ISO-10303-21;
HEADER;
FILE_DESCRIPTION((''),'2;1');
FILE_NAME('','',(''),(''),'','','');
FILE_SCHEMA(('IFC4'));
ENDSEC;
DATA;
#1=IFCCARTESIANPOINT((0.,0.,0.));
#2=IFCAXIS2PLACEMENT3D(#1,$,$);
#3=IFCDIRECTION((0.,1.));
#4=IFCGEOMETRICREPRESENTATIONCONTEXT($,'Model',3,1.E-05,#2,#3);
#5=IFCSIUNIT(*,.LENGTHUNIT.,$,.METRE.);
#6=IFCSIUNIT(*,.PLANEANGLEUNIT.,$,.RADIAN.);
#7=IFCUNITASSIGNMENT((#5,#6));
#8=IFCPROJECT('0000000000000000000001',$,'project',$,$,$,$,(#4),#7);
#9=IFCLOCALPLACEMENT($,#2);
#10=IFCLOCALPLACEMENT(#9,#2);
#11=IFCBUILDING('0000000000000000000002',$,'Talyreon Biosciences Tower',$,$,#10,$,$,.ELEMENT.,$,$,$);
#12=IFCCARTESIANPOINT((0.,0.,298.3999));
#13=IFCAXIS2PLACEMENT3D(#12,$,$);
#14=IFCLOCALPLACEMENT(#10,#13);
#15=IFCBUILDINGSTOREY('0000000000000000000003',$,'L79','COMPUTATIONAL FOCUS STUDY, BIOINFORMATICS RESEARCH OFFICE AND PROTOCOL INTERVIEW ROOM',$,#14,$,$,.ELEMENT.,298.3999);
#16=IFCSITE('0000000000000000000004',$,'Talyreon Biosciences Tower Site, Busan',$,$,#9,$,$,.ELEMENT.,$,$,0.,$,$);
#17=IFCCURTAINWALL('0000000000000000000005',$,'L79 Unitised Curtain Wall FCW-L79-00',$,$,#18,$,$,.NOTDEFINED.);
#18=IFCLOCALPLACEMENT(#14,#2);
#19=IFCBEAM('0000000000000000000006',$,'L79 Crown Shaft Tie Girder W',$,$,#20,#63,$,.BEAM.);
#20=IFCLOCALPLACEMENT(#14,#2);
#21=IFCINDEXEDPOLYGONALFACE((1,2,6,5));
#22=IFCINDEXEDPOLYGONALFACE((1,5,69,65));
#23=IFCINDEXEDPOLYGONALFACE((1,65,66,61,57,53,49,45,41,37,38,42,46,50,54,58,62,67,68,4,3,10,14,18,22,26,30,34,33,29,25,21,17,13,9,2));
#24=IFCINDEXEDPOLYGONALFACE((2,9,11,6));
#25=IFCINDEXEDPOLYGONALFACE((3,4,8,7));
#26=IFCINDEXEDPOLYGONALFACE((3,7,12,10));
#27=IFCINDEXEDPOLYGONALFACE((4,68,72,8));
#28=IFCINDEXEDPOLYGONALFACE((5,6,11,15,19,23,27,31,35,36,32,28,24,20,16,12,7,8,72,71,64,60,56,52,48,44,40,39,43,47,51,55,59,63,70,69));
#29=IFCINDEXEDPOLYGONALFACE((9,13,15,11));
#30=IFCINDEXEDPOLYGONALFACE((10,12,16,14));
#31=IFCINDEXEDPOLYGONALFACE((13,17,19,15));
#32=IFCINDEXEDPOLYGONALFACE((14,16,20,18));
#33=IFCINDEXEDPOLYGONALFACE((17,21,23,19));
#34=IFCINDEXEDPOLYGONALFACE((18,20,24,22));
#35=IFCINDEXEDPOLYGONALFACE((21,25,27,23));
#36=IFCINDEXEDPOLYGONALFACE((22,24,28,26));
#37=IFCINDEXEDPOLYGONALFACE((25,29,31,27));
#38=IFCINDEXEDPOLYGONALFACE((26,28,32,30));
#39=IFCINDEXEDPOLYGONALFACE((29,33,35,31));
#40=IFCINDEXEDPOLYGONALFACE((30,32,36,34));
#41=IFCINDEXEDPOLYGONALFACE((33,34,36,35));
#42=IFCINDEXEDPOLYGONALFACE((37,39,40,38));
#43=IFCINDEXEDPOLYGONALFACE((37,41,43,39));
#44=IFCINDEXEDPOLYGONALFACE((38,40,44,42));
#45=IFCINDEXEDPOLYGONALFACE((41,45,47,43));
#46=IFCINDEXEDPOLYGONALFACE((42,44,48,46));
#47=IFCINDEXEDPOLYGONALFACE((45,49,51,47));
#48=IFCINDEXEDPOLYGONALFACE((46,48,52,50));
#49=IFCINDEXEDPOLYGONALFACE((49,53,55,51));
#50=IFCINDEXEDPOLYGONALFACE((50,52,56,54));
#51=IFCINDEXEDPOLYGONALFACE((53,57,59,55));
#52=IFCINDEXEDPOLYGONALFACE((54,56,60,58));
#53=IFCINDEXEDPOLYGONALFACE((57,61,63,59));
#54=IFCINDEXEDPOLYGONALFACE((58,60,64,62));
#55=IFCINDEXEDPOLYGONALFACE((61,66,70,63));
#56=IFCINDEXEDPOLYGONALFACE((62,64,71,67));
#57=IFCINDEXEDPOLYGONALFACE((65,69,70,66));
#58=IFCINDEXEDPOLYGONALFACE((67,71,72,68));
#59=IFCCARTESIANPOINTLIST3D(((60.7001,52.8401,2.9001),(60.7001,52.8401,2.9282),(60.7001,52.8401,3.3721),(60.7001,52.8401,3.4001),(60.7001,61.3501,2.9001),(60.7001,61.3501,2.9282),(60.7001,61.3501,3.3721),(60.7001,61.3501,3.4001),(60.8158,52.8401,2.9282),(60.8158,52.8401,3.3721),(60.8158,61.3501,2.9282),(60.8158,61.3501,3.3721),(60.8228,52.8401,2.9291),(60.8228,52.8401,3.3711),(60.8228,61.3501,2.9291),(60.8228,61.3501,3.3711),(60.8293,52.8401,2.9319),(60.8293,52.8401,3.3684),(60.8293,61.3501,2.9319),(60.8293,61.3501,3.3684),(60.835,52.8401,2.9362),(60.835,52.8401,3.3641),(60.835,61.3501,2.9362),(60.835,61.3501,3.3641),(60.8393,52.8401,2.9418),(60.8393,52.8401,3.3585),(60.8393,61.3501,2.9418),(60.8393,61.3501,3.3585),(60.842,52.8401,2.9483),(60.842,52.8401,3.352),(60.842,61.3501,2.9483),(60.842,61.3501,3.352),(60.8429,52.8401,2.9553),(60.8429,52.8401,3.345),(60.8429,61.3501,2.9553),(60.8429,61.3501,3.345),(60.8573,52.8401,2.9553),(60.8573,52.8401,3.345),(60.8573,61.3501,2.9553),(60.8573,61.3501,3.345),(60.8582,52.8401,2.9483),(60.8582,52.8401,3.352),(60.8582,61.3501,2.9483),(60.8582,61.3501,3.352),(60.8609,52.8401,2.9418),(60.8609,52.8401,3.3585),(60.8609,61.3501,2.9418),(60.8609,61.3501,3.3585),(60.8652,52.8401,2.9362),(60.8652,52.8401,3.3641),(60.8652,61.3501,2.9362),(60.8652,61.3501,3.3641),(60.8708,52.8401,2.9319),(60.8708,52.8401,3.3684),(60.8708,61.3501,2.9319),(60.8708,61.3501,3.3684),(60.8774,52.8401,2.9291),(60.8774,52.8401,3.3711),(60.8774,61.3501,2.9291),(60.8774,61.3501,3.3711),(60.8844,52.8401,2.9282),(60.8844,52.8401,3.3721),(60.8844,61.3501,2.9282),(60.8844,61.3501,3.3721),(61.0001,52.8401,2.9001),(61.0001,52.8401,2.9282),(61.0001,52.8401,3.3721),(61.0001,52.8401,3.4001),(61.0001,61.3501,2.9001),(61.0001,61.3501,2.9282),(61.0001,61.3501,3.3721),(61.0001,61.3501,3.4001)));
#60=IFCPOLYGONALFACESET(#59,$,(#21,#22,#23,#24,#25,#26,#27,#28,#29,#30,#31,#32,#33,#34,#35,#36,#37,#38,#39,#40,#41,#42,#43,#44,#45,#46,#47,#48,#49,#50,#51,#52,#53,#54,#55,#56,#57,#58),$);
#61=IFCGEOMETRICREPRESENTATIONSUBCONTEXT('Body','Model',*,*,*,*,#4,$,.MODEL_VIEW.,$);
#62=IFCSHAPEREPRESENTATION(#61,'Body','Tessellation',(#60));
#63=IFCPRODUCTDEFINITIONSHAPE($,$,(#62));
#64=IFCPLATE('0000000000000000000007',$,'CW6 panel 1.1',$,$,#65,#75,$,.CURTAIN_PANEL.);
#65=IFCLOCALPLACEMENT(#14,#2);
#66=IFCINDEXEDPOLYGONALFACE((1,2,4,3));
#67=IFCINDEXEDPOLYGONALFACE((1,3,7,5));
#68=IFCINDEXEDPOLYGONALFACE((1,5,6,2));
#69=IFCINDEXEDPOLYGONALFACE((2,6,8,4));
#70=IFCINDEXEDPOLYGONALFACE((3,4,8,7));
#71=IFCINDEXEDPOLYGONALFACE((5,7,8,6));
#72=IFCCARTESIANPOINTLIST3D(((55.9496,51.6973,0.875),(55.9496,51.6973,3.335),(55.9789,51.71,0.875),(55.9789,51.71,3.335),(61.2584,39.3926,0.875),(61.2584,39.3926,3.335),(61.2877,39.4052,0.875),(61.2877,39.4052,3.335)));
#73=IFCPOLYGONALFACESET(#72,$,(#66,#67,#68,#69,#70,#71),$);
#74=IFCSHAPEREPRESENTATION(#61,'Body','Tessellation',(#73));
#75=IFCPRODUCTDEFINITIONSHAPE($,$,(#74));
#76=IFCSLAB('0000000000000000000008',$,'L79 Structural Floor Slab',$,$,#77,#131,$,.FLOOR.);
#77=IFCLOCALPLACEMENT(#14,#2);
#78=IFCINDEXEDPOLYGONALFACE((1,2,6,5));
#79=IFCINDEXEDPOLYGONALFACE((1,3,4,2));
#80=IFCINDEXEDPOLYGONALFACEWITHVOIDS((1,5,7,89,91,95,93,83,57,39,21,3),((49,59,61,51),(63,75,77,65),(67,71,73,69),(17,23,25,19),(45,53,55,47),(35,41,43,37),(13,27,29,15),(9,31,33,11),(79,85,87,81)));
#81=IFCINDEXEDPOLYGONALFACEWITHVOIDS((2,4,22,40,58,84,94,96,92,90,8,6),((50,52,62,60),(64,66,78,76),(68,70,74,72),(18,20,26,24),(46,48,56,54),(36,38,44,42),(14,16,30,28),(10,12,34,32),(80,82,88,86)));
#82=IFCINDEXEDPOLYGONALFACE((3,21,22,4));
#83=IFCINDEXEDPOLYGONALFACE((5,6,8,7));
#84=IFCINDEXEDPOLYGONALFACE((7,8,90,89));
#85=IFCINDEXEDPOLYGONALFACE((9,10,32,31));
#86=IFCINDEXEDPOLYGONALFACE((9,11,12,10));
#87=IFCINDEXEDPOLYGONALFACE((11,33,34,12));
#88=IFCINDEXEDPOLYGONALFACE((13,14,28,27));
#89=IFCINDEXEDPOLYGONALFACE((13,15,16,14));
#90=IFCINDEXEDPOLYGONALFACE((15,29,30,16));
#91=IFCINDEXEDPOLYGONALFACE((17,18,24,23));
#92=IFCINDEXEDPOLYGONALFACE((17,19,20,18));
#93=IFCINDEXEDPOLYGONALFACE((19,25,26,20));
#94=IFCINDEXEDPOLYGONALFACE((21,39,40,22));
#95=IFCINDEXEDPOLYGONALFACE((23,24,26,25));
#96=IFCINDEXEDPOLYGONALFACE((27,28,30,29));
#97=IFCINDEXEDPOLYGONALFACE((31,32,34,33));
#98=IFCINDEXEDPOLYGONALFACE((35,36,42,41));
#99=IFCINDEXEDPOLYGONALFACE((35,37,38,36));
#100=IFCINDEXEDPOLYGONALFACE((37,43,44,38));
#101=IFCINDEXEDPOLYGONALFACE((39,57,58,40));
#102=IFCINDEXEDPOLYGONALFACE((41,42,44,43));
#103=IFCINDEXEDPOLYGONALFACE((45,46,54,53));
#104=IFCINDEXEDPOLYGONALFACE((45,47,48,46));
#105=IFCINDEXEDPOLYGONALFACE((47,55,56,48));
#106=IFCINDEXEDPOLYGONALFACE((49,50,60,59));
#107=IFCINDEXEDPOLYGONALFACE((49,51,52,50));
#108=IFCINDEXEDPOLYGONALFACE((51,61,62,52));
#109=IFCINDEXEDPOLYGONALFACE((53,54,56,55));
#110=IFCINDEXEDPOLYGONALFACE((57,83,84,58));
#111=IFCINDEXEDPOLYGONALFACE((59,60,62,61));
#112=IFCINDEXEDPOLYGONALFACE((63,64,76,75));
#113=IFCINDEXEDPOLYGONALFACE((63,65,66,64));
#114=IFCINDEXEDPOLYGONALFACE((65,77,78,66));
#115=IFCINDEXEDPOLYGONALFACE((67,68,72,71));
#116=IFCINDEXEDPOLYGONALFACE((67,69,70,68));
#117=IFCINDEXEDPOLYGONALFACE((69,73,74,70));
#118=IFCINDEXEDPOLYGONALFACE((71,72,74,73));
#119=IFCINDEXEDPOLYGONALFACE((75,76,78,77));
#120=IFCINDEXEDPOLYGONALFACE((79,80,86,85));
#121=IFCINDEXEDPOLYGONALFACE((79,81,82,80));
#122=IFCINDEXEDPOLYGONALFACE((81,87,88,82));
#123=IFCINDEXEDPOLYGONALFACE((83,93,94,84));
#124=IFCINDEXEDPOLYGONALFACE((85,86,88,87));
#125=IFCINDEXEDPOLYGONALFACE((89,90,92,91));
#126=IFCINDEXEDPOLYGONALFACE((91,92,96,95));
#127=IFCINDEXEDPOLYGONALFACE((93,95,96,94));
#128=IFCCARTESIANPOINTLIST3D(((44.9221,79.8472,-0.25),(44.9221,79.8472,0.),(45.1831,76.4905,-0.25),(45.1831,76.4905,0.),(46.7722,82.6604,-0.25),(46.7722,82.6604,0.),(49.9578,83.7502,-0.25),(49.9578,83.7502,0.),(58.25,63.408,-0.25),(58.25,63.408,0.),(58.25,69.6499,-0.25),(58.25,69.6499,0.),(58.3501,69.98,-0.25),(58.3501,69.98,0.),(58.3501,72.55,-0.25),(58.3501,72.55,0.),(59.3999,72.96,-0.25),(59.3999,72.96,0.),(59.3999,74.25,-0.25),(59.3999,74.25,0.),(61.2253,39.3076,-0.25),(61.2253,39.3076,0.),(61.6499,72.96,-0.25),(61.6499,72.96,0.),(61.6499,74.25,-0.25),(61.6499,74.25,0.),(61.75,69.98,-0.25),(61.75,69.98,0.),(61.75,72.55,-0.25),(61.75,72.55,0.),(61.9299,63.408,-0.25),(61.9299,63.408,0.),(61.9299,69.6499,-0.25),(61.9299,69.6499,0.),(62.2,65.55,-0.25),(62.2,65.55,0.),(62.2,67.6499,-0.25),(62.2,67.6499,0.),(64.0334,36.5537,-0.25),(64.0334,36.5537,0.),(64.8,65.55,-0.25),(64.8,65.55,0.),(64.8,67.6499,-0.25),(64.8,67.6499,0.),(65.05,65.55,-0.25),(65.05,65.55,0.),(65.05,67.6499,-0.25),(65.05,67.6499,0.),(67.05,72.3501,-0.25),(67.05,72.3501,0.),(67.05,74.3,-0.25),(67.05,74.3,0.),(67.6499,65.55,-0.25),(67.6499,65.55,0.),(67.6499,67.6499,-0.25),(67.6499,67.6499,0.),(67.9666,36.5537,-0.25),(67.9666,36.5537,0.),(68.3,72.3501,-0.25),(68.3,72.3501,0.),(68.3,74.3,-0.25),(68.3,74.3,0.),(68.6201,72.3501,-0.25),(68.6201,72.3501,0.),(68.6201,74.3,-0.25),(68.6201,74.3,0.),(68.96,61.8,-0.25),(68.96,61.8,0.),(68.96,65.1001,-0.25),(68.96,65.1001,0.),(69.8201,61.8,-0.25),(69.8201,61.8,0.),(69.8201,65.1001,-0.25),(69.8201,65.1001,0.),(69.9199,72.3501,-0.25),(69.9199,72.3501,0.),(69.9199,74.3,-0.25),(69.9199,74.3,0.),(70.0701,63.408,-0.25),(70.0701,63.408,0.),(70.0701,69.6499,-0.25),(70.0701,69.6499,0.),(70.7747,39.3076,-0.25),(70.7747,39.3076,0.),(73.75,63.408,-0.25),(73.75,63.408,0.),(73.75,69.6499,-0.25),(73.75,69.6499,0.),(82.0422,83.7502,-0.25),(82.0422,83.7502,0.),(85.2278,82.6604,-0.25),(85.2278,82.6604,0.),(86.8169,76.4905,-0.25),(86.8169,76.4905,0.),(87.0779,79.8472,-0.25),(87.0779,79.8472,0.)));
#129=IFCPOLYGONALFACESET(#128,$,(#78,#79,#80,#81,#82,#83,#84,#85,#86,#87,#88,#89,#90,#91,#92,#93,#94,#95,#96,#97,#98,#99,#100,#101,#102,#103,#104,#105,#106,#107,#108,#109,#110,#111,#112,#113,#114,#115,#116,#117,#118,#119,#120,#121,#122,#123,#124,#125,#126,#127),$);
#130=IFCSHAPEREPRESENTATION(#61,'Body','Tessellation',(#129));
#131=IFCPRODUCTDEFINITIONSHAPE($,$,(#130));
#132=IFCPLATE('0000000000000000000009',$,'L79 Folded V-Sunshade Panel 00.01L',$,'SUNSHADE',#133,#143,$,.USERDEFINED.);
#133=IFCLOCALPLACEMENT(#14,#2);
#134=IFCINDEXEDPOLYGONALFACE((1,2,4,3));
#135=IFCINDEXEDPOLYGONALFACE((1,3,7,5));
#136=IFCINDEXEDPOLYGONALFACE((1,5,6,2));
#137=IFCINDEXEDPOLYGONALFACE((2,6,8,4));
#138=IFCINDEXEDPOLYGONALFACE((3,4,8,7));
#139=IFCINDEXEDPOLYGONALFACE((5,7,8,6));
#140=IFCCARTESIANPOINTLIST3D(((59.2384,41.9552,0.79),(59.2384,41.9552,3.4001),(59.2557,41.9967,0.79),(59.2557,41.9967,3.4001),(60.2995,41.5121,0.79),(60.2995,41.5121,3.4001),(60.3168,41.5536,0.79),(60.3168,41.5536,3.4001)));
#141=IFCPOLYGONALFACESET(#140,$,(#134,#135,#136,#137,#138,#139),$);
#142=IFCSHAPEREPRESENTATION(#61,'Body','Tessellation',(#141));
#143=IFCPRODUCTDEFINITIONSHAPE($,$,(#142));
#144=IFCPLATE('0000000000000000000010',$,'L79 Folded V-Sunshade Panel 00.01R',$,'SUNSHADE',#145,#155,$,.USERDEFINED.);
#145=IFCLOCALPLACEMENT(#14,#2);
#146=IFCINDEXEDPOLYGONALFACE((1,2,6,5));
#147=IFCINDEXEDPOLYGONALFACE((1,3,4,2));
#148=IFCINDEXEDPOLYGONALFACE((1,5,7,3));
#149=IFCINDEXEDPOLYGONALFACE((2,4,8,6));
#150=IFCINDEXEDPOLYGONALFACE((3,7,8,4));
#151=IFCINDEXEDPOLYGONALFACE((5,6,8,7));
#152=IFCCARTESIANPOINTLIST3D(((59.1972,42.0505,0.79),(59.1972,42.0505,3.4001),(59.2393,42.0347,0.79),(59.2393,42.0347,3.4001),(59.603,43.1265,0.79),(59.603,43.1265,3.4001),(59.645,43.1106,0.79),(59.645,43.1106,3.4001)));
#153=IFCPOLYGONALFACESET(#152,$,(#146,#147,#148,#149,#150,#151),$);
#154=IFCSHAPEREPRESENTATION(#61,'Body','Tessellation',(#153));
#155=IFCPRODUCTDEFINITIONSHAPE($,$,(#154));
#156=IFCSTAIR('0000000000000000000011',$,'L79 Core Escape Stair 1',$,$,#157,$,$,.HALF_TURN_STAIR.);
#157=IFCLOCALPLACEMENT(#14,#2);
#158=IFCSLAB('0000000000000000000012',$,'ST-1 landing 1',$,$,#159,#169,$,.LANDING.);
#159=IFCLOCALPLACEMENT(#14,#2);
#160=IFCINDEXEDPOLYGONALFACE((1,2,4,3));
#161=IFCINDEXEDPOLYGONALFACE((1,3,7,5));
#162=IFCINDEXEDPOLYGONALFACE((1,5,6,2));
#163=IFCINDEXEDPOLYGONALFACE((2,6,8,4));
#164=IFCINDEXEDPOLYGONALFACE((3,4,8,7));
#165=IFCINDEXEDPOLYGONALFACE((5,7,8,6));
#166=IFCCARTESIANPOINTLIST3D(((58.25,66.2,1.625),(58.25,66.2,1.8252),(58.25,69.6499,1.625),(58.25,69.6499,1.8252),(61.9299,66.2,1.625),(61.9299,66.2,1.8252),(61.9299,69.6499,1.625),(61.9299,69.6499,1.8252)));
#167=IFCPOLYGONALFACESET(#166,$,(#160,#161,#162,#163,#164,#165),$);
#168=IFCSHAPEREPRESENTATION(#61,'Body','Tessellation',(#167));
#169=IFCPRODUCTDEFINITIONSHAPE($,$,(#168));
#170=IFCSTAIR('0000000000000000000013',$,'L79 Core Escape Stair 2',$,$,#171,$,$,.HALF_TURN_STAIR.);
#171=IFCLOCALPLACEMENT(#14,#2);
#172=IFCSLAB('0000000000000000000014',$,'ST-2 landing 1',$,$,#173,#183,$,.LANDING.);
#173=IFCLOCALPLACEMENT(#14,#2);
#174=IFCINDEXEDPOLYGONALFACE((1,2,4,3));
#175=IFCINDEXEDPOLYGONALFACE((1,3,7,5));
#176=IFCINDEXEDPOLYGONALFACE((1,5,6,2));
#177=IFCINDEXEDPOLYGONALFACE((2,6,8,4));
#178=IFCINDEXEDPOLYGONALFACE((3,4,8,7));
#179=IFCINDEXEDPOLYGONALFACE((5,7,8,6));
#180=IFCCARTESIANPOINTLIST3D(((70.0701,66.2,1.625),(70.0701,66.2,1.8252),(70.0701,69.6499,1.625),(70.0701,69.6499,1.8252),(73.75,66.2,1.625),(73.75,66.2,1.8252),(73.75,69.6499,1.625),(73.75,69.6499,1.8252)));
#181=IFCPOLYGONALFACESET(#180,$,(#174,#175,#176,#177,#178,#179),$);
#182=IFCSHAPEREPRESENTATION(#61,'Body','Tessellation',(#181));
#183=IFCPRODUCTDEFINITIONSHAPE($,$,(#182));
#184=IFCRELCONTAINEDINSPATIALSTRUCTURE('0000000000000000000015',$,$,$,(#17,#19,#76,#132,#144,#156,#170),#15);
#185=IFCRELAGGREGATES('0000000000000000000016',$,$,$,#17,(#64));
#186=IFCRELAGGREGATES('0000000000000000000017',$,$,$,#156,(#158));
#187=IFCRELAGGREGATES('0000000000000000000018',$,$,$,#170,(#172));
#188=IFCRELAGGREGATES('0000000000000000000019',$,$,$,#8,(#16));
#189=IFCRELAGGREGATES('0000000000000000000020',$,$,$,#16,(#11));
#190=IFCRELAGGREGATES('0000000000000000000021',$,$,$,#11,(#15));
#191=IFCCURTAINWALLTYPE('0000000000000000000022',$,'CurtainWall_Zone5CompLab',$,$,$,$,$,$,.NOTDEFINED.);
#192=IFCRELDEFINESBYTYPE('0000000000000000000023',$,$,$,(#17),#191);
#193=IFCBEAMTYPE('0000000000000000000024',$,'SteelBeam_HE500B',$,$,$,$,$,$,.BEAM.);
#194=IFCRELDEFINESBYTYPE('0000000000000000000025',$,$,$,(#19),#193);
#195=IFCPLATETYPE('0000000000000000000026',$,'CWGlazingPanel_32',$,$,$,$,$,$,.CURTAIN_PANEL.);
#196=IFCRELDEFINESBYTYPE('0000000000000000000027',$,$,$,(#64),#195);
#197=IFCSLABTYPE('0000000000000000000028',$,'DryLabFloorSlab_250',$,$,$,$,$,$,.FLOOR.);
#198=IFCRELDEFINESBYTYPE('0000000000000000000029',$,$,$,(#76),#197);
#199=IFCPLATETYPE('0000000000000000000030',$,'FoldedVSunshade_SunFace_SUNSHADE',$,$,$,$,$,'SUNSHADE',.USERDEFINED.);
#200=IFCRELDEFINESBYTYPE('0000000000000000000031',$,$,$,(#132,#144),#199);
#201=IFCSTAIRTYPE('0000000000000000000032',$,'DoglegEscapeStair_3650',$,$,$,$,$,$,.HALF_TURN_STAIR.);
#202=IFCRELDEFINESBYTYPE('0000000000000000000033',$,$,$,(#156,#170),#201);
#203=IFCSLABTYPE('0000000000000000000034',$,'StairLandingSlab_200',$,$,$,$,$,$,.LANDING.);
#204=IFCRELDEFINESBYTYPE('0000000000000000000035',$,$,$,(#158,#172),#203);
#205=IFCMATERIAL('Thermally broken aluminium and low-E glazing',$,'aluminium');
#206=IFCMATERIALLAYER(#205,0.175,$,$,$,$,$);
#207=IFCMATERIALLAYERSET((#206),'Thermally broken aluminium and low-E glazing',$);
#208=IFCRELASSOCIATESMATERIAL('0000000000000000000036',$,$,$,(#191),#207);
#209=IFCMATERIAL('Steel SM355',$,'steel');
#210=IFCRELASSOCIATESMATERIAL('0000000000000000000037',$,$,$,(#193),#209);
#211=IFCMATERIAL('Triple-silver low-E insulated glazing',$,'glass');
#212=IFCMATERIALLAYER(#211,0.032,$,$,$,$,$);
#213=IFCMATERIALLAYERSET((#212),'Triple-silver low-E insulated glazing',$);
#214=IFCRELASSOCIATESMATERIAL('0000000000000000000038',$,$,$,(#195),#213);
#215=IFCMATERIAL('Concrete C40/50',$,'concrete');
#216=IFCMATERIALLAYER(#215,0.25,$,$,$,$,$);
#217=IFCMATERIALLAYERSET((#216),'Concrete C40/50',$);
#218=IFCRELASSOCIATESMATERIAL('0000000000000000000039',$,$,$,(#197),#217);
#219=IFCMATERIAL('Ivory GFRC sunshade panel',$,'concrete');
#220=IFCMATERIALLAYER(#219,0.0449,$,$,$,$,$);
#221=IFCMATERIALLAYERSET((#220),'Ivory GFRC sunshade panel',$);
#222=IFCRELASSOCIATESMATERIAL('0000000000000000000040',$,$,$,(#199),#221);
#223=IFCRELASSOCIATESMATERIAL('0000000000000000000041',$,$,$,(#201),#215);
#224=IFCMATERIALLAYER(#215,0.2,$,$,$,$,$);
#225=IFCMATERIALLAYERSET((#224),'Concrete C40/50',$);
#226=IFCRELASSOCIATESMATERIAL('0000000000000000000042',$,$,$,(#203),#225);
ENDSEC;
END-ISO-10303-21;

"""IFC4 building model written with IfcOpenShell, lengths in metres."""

from ifc_helpers import new_model, si_unit, direction, frame, origin, origin_2d, place, context, subcontext, project, spatial, polyline, rectangle, i_section, outline, extrude, material, layer, layer_set, material_profile, profile_set, type_object, element, aggregate, save


model = new_model("IFC4")

# Units and contexts
model_context = context("Model", 3, precision=1e-05, world=origin(), true_north=direction((0.0, 1.0)))
body_context = subcontext(model_context, "Body", "Model", "MODEL_VIEW")
ifc_project = project(units=[si_unit("LENGTHUNIT", "METRE"), si_unit("PLANEANGLEUNIT", "RADIAN")], contexts=[model_context])

# Site, building, storey
site_placement = place(None, origin())
site = spatial("IfcSite", under=ifc_project, at=site_placement, Name="Talyreon Biosciences Tower Site, Busan", CompositionType="ELEMENT", RefElevation=0.0)
building_placement = place(site_placement, origin())
building = spatial("IfcBuilding", under=site, at=building_placement, Name="Talyreon Biosciences Tower", CompositionType="ELEMENT")
storey_placement = place(building_placement, frame((0.0, 0.0, 298.3999)))
storey = spatial("IfcBuildingStorey", under=building, at=storey_placement, Name="L79", Description="COMPUTATIONAL FOCUS STUDY, BIOINFORMATICS RESEARCH OFFICE AND PROTOCOL INTERVIEW ROOM", CompositionType="ELEMENT", Elevation=298.3999)

# Curtain wall
ifc_material_1 = material(Name="Thermally broken aluminium and low-E glazing", Category="aluminium")
ifc_layer_1 = layer(ifc_material_1, 0.175)
ifc_layer_set_1 = layer_set([ifc_layer_1], Name="Thermally broken aluminium and low-E glazing")
curtain_wall_type = type_object("IfcCurtainWallType", Name="CurtainWall_Zone5CompLab", PredefinedType="NOTDEFINED", material=ifc_layer_set_1)
curtain_wall_placement = place(storey_placement, origin())
curtain_wall = element("IfcCurtainWall", 1, at=curtain_wall_placement, inside=storey, type_object=curtain_wall_type, Name="L79 Unitised Curtain Wall FCW-L79-00", PredefinedType="NOTDEFINED")

# Beam
ifc_material_2 = material(Name="Steel SM355", Category="steel")
ifc_material_profile_1 = material_profile(ifc_material_2, i_section(OverallWidth=0.3, OverallDepth=0.5, WebThickness=0.0144, FlangeThickness=0.0281, FilletRadius=0.0271, at=origin_2d()), Name="HE500B")
ifc_profile_set_1 = profile_set([ifc_material_profile_1], Name="Steel SM355")
beam_type_1 = type_object("IfcBeamType", Name="SteelBeam_HE500B", PredefinedType="BEAM", material=ifc_profile_set_1)
beam_1_placement = place(storey_placement, frame((60.8501, 52.8401, 3.1501), z_axis=(0.0, 1.0, 0.0), x_axis=(-1.0, 0.0, 0.0)))
element("IfcBeam", 2, at=beam_1_placement, inside=storey, type_object=beam_type_1, Name="L79 Crown Shaft Tie Girder W", PredefinedType="BEAM", context=body_context, shape_type="SweptSolid", body=[
    extrude(i_section(OverallWidth=0.3, OverallDepth=0.5, WebThickness=0.0144, FlangeThickness=0.0281, FilletRadius=0.0271, at=origin_2d()), origin(), (0.0, 0.0, 1.0), 8.51),
])

# Plate
ifc_material_3 = material(Name="Triple-silver low-E insulated glazing", Category="glass")
ifc_layer_2 = layer(ifc_material_3, 0.032)
ifc_layer_set_2 = layer_set([ifc_layer_2], Name="Triple-silver low-E insulated glazing")
plate_type_1 = type_object("IfcPlateType", Name="CWGlazingPanel_32", PredefinedType="CURTAIN_PANEL", material=ifc_layer_set_2)
plate_placement = place(storey_placement, frame((58.6187, 45.5513, 0.875), z_axis=(0.0, 0.0, 1.0), x_axis=(-0.396147, 0.918187, 0.0)))
plate = element("IfcPlate", 3, at=plate_placement, type_object=plate_type_1, Name="CW6 panel 1.1", PredefinedType="CURTAIN_PANEL", context=body_context, shape_type="SweptSolid", body=[
    extrude(rectangle(XDim=13.4011, YDim=0.032, at=origin_2d()), origin(), (0.0, 0.0, 1.0), 2.46),
])
aggregate(curtain_wall, [plate])

# Slab
ifc_material_4 = material(Name="Concrete C40/50", Category="concrete")
ifc_layer_3 = layer(ifc_material_4, 0.25)
ifc_layer_set_3 = layer_set([ifc_layer_3], Name="Concrete C40/50")
slab_type_1 = type_object("IfcSlabType", Name="DryLabFloorSlab_250", PredefinedType="FLOOR", material=ifc_layer_set_3)
slab_1_placement = place(storey_placement, frame((0.0, 0.0, -0.25)))
element("IfcSlab", 4, at=slab_1_placement, inside=storey, type_object=slab_type_1, Name="L79 Structural Floor Slab", PredefinedType="FLOOR", context=body_context, shape_type="SweptSolid", body=[
    extrude(outline(polyline([(61.2253, 39.3076), (45.1831, 76.4905), (44.9221, 79.8472), (46.7722, 82.6604), (49.9578, 83.7502), (82.0422, 83.7502), (85.2278, 82.6604), (87.0779, 79.8472), (86.8169, 76.4905), (70.7747, 39.3076), (67.9666, 36.5537), (64.0334, 36.5537), (61.2253, 39.3076)]), holes=[polyline([(69.8201, 65.1001), (69.8201, 61.8), (68.96, 61.8), (68.96, 65.1001), (69.8201, 65.1001)]), polyline([(61.9299, 69.6499), (61.9299, 63.408), (58.25, 63.408), (58.25, 69.6499), (61.9299, 69.6499)]), polyline([(73.75, 69.6499), (73.75, 63.408), (70.0701, 63.408), (70.0701, 69.6499), (73.75, 69.6499)]), polyline([(64.8, 67.6499), (64.8, 65.55), (62.2, 65.55), (62.2, 67.6499), (64.8, 67.6499)]), polyline([(67.6499, 67.6499), (67.6499, 65.55), (65.05, 65.55), (65.05, 67.6499), (67.6499, 67.6499)]), polyline([(61.75, 72.55), (61.75, 69.98), (58.3501, 69.98), (58.3501, 72.55), (61.75, 72.55)]), polyline([(68.3, 74.3), (68.3, 72.3501), (67.05, 72.3501), (67.05, 74.3), (68.3, 74.3)]), polyline([(69.9199, 72.3501), (68.6201, 72.3501), (68.6201, 74.3), (69.9199, 74.3), (69.9199, 72.3501)]), polyline([(61.6499, 72.96), (59.3999, 72.96), (59.3999, 74.25), (61.6499, 74.25), (61.6499, 72.96)])]), origin(), (0.0, 0.0, 1.0), 0.25),
])

# Plates
ifc_material_5 = material(Name="Ivory GFRC sunshade panel", Category="concrete")
ifc_layer_4 = layer(ifc_material_5, 0.0449)
ifc_layer_set_4 = layer_set([ifc_layer_4], Name="Ivory GFRC sunshade panel")
plate_type_2 = type_object("IfcPlateType", Name="FoldedVSunshade_SunFace_SUNSHADE", ElementType="SUNSHADE", PredefinedType="USERDEFINED", material=ifc_layer_set_4)
for number, where, z_axis, x_axis, name in (
    (5, (59.7776, 41.7544, 0.79), (0.0, 0.0, 1.0), (-0.922787, 0.38531, 0.0), "L79 Folded V-Sunshade Panel 00.01L"),
    (6, (59.4211, 42.5806, 0.79), (0.0, 0.0, 1.0), (0.352871, 0.935672, 0.0), "L79 Folded V-Sunshade Panel 00.01R"),
):
    element("IfcPlate", number, at=place(storey_placement, frame(where, z_axis=z_axis, x_axis=x_axis)), inside=storey, type_object=plate_type_2, Name=name, ObjectType="SUNSHADE", PredefinedType="USERDEFINED", context=body_context, shape_type="SweptSolid", body=[
        extrude(rectangle(XDim=1.1499, YDim=0.0449, at=origin_2d()), origin(), (0.0, 0.0, 1.0), 2.6101),
    ])

# Stairs, slabs
stair_type = type_object("IfcStairType", Name="DoglegEscapeStair_3650", PredefinedType="HALF_TURN_STAIR", material=ifc_material_4)
stair_1_placement = place(storey_placement, origin())
stair_1 = element("IfcStair", 7, at=stair_1_placement, inside=storey, type_object=stair_type, Name="L79 Core Escape Stair 1", PredefinedType="HALF_TURN_STAIR")
ifc_layer_5 = layer(ifc_material_4, 0.2)
ifc_layer_set_5 = layer_set([ifc_layer_5], Name="Concrete C40/50")
slab_type_2 = type_object("IfcSlabType", Name="StairLandingSlab_200", PredefinedType="LANDING", material=ifc_layer_set_5)
slab_2_placement = place(storey_placement, frame((0.0, 0.0, 1.625)))
slab_2 = element("IfcSlab", 8, at=slab_2_placement, type_object=slab_type_2, Name="ST-1 landing 1", PredefinedType="LANDING", context=body_context, shape_type="SweptSolid", body=[
    extrude(outline(polyline([(61.9299, 66.2), (61.9299, 69.6499), (58.25, 69.6499), (58.25, 66.2), (61.9299, 66.2)])), origin(), (0.0, 0.0, 1.0), 0.2002),
])
aggregate(stair_1, [slab_2])
stair_2_placement = place(storey_placement, origin())
stair_2 = element("IfcStair", 9, at=stair_2_placement, inside=storey, type_object=stair_type, Name="L79 Core Escape Stair 2", PredefinedType="HALF_TURN_STAIR")
slab_3_placement = place(storey_placement, frame((0.0, 0.0, 1.625)))
slab_3 = element("IfcSlab", 10, at=slab_3_placement, type_object=slab_type_2, Name="ST-2 landing 1", PredefinedType="LANDING", context=body_context, shape_type="SweptSolid", body=[
    extrude(outline(polyline([(73.75, 66.2), (73.75, 69.6499), (70.0701, 69.6499), (70.0701, 66.2), (73.75, 66.2)])), origin(), (0.0, 0.0, 1.0), 0.2002),
])
aggregate(stair_2, [slab_3])

save(model, "model.ifc")
